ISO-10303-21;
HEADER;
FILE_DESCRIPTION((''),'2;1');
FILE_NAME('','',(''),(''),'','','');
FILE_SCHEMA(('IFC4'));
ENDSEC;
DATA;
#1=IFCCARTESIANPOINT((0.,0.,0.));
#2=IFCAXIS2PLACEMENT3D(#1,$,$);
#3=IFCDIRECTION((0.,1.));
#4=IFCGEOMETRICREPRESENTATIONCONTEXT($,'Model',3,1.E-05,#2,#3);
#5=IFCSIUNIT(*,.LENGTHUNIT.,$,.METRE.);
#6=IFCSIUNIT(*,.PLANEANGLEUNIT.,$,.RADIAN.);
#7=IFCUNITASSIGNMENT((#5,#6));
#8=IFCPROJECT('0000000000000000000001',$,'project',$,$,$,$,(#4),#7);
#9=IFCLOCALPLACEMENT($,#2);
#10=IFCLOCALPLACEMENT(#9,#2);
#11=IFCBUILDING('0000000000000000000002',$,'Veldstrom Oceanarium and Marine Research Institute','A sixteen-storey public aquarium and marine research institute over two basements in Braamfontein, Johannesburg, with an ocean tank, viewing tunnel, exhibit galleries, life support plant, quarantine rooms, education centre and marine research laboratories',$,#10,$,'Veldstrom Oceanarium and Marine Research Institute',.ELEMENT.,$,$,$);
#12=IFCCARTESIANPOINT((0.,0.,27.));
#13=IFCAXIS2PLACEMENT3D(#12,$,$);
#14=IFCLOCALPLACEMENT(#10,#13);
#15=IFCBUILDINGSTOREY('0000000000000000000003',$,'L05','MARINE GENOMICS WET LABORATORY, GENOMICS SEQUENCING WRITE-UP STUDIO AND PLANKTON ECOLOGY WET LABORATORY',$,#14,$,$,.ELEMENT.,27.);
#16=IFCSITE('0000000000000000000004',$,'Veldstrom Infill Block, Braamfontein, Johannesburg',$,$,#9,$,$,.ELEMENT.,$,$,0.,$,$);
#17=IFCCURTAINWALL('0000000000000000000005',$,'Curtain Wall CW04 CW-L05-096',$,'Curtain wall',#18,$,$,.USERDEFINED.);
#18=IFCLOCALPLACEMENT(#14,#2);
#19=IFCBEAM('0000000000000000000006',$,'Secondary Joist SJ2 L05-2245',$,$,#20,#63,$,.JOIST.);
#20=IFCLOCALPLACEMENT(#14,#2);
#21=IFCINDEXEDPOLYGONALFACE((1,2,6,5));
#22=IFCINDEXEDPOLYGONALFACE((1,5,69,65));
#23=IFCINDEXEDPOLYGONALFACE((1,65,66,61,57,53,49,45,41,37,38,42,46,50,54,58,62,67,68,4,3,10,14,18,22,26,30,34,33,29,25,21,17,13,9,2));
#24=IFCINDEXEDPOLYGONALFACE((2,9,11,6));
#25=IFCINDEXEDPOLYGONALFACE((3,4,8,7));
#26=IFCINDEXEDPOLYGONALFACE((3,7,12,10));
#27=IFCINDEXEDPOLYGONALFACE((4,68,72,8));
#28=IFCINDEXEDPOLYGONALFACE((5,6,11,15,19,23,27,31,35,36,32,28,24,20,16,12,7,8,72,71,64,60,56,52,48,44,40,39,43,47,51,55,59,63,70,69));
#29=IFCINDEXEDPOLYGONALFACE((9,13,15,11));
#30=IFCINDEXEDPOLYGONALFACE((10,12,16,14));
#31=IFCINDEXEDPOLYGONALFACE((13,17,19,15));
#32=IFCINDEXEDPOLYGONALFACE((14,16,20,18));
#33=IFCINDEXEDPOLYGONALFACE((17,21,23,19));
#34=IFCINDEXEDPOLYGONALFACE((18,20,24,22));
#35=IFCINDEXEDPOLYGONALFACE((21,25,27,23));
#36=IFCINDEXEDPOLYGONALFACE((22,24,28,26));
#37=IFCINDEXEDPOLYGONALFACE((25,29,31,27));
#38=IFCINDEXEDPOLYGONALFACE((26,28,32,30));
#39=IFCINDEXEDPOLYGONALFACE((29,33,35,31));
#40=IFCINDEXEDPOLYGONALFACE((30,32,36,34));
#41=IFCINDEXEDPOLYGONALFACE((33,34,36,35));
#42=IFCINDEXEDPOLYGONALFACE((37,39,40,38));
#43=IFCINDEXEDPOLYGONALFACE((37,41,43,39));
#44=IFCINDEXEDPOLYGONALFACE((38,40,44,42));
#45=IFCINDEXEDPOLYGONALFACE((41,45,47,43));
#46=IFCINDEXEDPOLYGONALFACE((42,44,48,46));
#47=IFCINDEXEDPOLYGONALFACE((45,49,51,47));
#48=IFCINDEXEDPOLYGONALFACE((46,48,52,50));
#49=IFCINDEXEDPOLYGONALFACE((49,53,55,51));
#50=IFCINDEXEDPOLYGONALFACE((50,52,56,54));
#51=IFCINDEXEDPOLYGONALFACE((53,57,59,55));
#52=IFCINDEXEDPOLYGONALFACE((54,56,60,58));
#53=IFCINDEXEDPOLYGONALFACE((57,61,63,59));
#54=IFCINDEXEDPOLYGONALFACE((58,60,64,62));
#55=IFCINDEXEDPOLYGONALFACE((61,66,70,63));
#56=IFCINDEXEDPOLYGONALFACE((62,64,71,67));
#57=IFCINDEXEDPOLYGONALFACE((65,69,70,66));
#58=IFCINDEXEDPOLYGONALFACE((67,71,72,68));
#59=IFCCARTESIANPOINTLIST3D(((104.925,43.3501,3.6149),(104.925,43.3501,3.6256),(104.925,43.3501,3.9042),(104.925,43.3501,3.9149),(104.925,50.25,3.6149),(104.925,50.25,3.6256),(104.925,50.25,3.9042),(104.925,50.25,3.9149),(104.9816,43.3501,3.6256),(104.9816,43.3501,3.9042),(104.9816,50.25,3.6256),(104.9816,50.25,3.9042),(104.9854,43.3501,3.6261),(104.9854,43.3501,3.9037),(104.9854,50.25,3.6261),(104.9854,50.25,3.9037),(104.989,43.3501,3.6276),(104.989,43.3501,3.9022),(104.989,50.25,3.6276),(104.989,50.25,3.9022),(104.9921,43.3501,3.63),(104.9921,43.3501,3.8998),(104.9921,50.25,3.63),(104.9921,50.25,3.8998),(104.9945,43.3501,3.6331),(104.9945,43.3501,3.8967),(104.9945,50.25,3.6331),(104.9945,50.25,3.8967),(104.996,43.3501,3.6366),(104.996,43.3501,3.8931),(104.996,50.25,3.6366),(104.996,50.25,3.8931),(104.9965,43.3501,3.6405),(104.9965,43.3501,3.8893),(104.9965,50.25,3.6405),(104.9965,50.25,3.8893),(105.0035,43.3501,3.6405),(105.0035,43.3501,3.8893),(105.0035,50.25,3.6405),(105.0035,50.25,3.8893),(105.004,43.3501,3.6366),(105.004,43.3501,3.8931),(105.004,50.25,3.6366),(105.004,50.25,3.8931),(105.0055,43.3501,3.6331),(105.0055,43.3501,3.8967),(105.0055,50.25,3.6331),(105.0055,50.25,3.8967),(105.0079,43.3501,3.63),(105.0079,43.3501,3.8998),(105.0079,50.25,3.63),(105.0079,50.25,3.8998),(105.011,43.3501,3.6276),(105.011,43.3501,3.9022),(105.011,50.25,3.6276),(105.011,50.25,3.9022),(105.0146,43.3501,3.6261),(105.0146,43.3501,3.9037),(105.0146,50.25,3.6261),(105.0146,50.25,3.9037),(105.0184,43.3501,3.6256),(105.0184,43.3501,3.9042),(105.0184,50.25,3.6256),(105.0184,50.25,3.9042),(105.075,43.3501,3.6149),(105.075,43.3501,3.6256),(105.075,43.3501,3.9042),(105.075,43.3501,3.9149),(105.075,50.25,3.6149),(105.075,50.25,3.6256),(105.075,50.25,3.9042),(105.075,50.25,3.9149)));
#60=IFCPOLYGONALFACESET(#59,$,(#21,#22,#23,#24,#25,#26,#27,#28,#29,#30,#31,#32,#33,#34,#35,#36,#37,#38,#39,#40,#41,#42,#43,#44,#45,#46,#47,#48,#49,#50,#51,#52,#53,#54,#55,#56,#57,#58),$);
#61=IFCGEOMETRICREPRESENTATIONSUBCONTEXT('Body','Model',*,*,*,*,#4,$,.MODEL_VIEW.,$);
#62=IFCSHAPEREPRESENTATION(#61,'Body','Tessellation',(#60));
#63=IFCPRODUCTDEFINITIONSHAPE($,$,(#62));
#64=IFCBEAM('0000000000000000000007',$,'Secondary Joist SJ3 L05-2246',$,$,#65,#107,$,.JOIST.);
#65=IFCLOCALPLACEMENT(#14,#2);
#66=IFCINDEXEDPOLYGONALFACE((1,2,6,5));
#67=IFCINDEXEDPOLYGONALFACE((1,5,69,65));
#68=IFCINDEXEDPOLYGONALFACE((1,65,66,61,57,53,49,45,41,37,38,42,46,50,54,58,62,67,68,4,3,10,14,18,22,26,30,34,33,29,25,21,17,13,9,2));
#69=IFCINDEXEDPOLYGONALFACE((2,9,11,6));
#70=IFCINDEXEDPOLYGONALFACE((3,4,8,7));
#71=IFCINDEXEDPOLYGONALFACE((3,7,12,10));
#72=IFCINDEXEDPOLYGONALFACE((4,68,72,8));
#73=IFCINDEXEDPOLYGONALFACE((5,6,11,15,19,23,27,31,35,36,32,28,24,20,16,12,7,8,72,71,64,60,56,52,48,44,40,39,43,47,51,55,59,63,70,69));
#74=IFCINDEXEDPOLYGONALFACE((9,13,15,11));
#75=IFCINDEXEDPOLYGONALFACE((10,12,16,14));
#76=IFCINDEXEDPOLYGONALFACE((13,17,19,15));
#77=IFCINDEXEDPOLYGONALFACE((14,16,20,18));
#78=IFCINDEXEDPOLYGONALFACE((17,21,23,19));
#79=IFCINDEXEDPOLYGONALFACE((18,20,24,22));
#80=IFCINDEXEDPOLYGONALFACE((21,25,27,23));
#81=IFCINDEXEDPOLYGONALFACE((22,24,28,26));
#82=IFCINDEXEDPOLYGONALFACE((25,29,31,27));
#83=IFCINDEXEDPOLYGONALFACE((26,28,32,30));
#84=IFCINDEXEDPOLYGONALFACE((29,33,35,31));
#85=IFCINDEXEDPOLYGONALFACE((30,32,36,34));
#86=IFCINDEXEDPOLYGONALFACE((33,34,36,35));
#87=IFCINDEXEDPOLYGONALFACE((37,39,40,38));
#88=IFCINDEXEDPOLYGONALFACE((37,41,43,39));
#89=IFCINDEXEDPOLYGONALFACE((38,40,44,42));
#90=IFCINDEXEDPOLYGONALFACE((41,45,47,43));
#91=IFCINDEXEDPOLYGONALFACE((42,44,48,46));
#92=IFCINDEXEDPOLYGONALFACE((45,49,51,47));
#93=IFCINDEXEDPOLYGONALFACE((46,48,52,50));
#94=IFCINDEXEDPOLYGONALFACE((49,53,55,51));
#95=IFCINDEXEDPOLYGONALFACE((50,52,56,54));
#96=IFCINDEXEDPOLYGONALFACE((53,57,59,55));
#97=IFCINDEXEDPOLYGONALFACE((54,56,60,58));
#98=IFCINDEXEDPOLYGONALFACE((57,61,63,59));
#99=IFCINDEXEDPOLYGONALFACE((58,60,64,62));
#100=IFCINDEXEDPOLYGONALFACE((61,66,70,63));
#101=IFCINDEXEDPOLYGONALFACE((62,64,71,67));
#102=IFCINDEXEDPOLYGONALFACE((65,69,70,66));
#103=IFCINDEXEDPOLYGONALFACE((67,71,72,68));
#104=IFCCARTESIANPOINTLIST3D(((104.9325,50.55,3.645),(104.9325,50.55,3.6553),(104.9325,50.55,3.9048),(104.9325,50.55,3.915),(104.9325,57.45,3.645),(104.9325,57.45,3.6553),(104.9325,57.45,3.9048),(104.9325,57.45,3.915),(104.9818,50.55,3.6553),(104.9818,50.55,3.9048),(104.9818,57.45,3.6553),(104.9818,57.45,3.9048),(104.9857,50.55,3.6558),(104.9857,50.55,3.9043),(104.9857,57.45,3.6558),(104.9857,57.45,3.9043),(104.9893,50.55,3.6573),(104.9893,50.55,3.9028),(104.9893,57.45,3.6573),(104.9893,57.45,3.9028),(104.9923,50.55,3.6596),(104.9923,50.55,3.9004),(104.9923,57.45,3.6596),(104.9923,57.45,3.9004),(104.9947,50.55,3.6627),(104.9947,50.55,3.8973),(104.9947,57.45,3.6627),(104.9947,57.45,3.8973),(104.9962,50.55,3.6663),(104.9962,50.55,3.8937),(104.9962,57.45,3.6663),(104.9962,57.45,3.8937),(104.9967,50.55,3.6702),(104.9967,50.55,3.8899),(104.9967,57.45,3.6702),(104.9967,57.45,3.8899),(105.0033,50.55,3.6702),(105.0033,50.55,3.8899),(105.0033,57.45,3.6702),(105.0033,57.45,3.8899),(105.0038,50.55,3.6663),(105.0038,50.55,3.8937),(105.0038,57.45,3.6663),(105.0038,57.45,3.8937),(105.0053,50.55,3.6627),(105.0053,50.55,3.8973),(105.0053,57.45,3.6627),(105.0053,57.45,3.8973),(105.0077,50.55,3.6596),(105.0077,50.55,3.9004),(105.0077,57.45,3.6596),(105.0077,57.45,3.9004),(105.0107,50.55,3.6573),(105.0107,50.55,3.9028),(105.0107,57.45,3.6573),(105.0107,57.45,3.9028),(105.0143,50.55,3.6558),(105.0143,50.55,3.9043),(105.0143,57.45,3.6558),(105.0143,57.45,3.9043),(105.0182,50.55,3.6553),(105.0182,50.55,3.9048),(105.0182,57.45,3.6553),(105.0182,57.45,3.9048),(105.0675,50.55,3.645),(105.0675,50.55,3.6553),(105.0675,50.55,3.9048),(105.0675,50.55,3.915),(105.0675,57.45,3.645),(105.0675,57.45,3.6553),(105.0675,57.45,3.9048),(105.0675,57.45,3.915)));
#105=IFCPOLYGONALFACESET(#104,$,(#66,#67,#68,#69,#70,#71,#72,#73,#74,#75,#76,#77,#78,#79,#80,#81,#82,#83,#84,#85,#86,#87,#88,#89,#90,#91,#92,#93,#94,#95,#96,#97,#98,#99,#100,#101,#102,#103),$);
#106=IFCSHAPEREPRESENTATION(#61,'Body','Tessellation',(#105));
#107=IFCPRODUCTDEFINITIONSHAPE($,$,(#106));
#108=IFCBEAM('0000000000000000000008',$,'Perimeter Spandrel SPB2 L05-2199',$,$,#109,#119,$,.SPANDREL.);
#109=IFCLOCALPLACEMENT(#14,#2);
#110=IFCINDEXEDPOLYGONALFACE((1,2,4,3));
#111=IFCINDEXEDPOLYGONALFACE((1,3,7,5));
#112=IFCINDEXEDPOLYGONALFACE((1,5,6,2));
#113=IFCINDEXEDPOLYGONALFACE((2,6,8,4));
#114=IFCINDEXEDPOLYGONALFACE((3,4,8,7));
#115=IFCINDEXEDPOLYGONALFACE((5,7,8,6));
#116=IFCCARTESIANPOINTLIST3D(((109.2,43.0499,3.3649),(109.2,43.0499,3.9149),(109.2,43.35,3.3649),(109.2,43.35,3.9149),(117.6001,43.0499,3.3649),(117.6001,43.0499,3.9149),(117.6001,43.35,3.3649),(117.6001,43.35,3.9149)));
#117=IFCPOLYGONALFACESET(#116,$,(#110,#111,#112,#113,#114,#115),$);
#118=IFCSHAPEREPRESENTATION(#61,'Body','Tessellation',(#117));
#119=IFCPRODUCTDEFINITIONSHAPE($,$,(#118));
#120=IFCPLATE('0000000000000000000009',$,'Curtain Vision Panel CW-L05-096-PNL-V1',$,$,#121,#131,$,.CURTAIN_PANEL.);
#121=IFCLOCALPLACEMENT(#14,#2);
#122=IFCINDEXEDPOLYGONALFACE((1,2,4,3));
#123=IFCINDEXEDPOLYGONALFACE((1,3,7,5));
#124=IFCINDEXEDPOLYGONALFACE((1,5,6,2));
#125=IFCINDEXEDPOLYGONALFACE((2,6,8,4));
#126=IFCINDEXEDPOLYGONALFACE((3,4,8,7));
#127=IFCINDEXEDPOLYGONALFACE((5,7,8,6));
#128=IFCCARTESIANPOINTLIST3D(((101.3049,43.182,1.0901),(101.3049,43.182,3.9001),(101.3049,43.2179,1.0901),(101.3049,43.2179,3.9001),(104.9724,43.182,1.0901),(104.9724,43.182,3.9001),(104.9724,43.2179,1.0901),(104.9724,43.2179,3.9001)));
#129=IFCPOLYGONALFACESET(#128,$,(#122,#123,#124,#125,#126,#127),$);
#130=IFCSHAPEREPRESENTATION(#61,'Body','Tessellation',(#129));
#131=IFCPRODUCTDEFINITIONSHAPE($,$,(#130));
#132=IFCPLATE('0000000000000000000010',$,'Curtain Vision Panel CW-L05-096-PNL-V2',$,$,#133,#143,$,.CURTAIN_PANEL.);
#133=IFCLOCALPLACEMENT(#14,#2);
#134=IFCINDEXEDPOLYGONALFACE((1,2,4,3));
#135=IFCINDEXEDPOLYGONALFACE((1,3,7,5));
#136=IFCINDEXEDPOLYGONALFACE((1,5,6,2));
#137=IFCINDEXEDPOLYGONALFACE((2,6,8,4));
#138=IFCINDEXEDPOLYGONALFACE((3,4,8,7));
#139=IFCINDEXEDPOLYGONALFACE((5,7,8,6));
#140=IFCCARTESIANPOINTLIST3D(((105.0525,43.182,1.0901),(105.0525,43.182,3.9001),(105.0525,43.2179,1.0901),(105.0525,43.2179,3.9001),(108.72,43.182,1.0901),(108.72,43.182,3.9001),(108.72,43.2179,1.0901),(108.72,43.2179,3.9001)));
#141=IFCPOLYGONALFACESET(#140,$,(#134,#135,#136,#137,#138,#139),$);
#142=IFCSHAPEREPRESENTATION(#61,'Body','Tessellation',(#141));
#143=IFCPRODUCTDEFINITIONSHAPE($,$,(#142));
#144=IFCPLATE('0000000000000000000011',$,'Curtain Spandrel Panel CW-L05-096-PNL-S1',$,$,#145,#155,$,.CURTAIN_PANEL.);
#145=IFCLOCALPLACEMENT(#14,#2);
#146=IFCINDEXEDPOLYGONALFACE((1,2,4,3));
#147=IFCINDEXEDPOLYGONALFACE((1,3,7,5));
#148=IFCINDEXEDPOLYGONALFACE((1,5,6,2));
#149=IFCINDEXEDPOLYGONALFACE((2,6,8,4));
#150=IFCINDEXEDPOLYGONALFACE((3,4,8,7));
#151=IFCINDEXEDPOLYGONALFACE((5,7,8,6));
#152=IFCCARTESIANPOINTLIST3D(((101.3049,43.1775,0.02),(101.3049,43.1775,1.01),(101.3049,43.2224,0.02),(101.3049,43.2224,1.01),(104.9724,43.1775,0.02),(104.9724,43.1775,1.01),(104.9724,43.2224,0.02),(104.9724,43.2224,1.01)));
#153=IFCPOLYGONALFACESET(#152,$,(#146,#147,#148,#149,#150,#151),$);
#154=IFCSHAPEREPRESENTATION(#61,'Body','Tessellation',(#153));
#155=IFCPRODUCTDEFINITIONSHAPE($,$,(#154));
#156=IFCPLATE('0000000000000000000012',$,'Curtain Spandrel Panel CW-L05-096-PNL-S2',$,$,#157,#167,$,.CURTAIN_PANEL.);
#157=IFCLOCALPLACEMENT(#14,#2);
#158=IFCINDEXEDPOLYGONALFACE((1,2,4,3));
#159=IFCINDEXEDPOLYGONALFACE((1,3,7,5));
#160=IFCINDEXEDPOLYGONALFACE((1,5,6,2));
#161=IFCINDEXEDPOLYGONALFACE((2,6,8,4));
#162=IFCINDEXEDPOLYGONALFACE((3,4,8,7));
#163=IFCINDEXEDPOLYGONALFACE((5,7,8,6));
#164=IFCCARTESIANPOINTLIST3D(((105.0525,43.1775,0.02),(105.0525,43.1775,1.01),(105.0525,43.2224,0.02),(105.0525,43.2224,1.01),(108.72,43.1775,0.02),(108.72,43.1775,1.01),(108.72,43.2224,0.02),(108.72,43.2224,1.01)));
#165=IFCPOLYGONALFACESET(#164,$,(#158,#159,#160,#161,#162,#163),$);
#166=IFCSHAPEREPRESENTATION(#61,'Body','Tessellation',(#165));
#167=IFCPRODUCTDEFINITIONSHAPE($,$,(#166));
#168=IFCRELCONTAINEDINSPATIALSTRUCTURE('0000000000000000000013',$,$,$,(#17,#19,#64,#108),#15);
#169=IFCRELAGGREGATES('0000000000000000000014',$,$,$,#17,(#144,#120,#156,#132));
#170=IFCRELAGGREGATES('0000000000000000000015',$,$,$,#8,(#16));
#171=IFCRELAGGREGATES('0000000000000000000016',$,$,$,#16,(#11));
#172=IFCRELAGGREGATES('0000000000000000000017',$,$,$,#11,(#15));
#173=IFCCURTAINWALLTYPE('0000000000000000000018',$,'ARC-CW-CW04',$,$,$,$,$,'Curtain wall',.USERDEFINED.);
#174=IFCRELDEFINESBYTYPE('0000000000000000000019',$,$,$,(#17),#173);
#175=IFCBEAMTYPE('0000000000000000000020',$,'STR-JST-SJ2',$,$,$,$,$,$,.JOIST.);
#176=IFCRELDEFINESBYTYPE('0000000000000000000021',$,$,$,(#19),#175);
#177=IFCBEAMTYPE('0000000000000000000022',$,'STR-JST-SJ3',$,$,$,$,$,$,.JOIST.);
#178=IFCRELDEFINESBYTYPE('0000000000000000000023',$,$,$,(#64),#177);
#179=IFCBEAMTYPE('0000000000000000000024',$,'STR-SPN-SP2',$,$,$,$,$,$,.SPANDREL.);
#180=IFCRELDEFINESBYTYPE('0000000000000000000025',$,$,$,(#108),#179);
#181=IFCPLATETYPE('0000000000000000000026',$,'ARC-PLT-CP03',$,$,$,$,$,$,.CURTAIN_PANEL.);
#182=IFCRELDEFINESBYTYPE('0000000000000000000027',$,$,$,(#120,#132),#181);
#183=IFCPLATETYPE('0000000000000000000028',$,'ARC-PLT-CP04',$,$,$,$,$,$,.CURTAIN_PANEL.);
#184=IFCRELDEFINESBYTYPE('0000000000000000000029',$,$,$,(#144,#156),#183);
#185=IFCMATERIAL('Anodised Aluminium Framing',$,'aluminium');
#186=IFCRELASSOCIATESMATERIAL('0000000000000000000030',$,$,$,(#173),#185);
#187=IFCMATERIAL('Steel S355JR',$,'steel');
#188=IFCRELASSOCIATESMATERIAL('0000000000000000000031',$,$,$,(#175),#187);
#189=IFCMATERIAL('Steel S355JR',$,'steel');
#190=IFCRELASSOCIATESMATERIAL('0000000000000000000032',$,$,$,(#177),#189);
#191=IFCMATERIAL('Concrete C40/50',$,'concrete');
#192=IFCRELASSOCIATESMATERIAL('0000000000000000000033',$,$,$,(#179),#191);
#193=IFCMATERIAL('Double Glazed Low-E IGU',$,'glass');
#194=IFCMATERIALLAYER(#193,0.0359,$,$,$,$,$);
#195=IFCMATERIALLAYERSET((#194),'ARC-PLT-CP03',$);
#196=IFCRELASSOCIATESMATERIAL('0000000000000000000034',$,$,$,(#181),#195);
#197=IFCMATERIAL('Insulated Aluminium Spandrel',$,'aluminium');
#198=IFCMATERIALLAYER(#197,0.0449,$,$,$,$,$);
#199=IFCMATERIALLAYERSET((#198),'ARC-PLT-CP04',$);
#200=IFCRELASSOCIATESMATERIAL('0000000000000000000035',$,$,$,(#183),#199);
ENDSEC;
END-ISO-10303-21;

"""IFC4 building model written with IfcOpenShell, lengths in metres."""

from ifc_helpers import new_model, si_unit, direction, frame, origin, origin_2d, place, context, subcontext, project, spatial, rectangle, i_section, extrude, material, layer, layer_set, material_profile, profile_set, type_object, element, aggregate, save


model = new_model("IFC4")

# Units and contexts
model_context = context("Model", 3, precision=1e-05, world=origin(), true_north=direction((0.0, 1.0)))
body_context = subcontext(model_context, "Body", "Model", "MODEL_VIEW")
ifc_project = project(units=[si_unit("LENGTHUNIT", "METRE"), si_unit("PLANEANGLEUNIT", "RADIAN")], contexts=[model_context])

# Site, building, storey
site_placement = place(None, origin())
site = spatial("IfcSite", under=ifc_project, at=site_placement, Name="Veldstrom Infill Block, Braamfontein, Johannesburg", CompositionType="ELEMENT", RefElevation=0.0)
building_placement = place(site_placement, origin())
building = spatial("IfcBuilding", under=site, at=building_placement, Name="Veldstrom Oceanarium and Marine Research Institute", Description="A sixteen-storey public aquarium and marine research institute over two basements in Braamfontein, Johannesburg, with an ocean tank, viewing tunnel, exhibit galleries, life support plant, quarantine rooms, education centre and marine research laboratories", LongName="Veldstrom Oceanarium and Marine Research Institute", CompositionType="ELEMENT")
storey_placement = place(building_placement, frame((0.0, 0.0, 27.0)))
storey = spatial("IfcBuildingStorey", under=building, at=storey_placement, Name="L05", Description="MARINE GENOMICS WET LABORATORY, GENOMICS SEQUENCING WRITE-UP STUDIO AND PLANKTON ECOLOGY WET LABORATORY", CompositionType="ELEMENT", Elevation=27.0)

# Curtain wall
ifc_material_1 = material(Name="Anodised Aluminium Framing", Category="aluminium")
curtain_wall_type = type_object("IfcCurtainWallType", Name="ARC-CW-CW04", ElementType="Curtain wall", PredefinedType="USERDEFINED", material=ifc_material_1)
curtain_wall_placement = place(storey_placement, origin())
curtain_wall = element("IfcCurtainWall", 1, at=curtain_wall_placement, inside=storey, type_object=curtain_wall_type, Name="Curtain Wall CW04 CW-L05-096", ObjectType="Curtain wall", PredefinedType="USERDEFINED")

# Beams
ifc_material_2 = material(Name="Steel S355JR", Category="steel")
ifc_material_profile_1 = material_profile(ifc_material_2, i_section(OverallWidth=0.1499, OverallDepth=0.3, WebThickness=0.0071, FlangeThickness=0.0107, FilletRadius=0.0149, at=origin_2d()), Name="IPE 300")
ifc_profile_set_1 = profile_set([ifc_material_profile_1], Name="Steel S355JR")
beam_type_1 = type_object("IfcBeamType", Name="STR-JST-SJ2", PredefinedType="JOIST", material=ifc_profile_set_1)
beam_1_placement = place(storey_placement, frame((105.0, 43.3501, 3.7649), z_axis=(0.0, 1.0, 0.0), x_axis=(-1.0, 0.0, 0.0)))
element("IfcBeam", 2, at=beam_1_placement, inside=storey, type_object=beam_type_1, Name="Secondary Joist SJ2 L05-2245", PredefinedType="JOIST", context=body_context, shape_type="SweptSolid", body=[
    extrude(i_section(OverallWidth=0.1499, OverallDepth=0.3, WebThickness=0.0071, FlangeThickness=0.0107, FilletRadius=0.0149, at=origin_2d()), origin(), (0.0, 0.0, 1.0), 6.8999),
])
ifc_material_3 = material(Name="Steel S355JR", Category="steel")
ifc_material_profile_2 = material_profile(ifc_material_3, i_section(OverallWidth=0.135, OverallDepth=0.27, WebThickness=0.0066, FlangeThickness=0.0103, FilletRadius=0.0149, at=origin_2d()), Name="IPE 270")
ifc_profile_set_2 = profile_set([ifc_material_profile_2], Name="Steel S355JR")
beam_type_2 = type_object("IfcBeamType", Name="STR-JST-SJ3", PredefinedType="JOIST", material=ifc_profile_set_2)
beam_2_placement = place(storey_placement, frame((105.0, 50.55, 3.78), z_axis=(0.0, 1.0, 0.0), x_axis=(-1.0, 0.0, 0.0)))
element("IfcBeam", 3, at=beam_2_placement, inside=storey, type_object=beam_type_2, Name="Secondary Joist SJ3 L05-2246", PredefinedType="JOIST", context=body_context, shape_type="SweptSolid", body=[
    extrude(i_section(OverallWidth=0.135, OverallDepth=0.27, WebThickness=0.0066, FlangeThickness=0.0103, FilletRadius=0.0149, at=origin_2d()), origin(), (0.0, 0.0, 1.0), 6.8999),
])
ifc_material_4 = material(Name="Concrete C40/50", Category="concrete")
ifc_material_profile_3 = material_profile(ifc_material_4, rectangle(XDim=0.3, YDim=0.55, at=origin_2d()), Name="RC-SPN-300x550")
ifc_profile_set_3 = profile_set([ifc_material_profile_3], Name="Concrete C40/50")
beam_type_3 = type_object("IfcBeamType", Name="STR-SPN-SP2", PredefinedType="SPANDREL", material=ifc_profile_set_3)
beam_3_placement = place(storey_placement, frame((109.2, 43.2, 3.6399), z_axis=(1.0, 0.0, 0.0), x_axis=(0.0, 1.0, 0.0)))
element("IfcBeam", 4, at=beam_3_placement, inside=storey, type_object=beam_type_3, Name="Perimeter Spandrel SPB2 L05-2199", PredefinedType="SPANDREL", context=body_context, shape_type="SweptSolid", body=[
    extrude(rectangle(XDim=0.3, YDim=0.55, at=origin_2d()), origin(), (0.0, 0.0, 1.0), 8.4001),
])

# Plates
ifc_material_5 = material(Name="Double Glazed Low-E IGU", Category="glass")
ifc_layer_1 = layer(ifc_material_5, 0.0359)
ifc_layer_set_1 = layer_set([ifc_layer_1], Name="ARC-PLT-CP03")
plate_type_1 = type_object("IfcPlateType", Name="ARC-PLT-CP03", PredefinedType="CURTAIN_PANEL", material=ifc_layer_set_1)
plate_1_placement = place(storey_placement, frame((103.1387, 43.2, 1.0901), z_axis=(0.0, 0.0, 1.0), x_axis=(1.0, 0.0, 0.0)))
plate_1 = element("IfcPlate", 5, at=plate_1_placement, type_object=plate_type_1, Name="Curtain Vision Panel CW-L05-096-PNL-V1", PredefinedType="CURTAIN_PANEL", context=body_context, shape_type="SweptSolid", body=[
    extrude(rectangle(XDim=3.6675, YDim=0.0359, at=origin_2d()), origin(), (0.0, 0.0, 1.0), 2.8101),
])
plate_2_placement = place(storey_placement, frame((106.8862, 43.2, 1.0901), z_axis=(0.0, 0.0, 1.0), x_axis=(1.0, 0.0, 0.0)))
plate_2 = element("IfcPlate", 6, at=plate_2_placement, type_object=plate_type_1, Name="Curtain Vision Panel CW-L05-096-PNL-V2", PredefinedType="CURTAIN_PANEL", context=body_context, shape_type="SweptSolid", body=[
    extrude(rectangle(XDim=3.6675, YDim=0.0359, at=origin_2d()), origin(), (0.0, 0.0, 1.0), 2.8101),
])
ifc_material_6 = material(Name="Insulated Aluminium Spandrel", Category="aluminium")
ifc_layer_2 = layer(ifc_material_6, 0.0449)
ifc_layer_set_2 = layer_set([ifc_layer_2], Name="ARC-PLT-CP04")
plate_type_2 = type_object("IfcPlateType", Name="ARC-PLT-CP04", PredefinedType="CURTAIN_PANEL", material=ifc_layer_set_2)
plate_3_placement = place(storey_placement, frame((103.1387, 43.2, 0.02), z_axis=(0.0, 0.0, 1.0), x_axis=(1.0, 0.0, 0.0)))
plate_3 = element("IfcPlate", 7, at=plate_3_placement, type_object=plate_type_2, Name="Curtain Spandrel Panel CW-L05-096-PNL-S1", PredefinedType="CURTAIN_PANEL", context=body_context, shape_type="SweptSolid", body=[
    extrude(rectangle(XDim=3.6675, YDim=0.0449, at=origin_2d()), origin(), (0.0, 0.0, 1.0), 0.99),
])
plate_4_placement = place(storey_placement, frame((106.8862, 43.2, 0.02), z_axis=(0.0, 0.0, 1.0), x_axis=(1.0, 0.0, 0.0)))
plate_4 = element("IfcPlate", 8, at=plate_4_placement, type_object=plate_type_2, Name="Curtain Spandrel Panel CW-L05-096-PNL-S2", PredefinedType="CURTAIN_PANEL", context=body_context, shape_type="SweptSolid", body=[
    extrude(rectangle(XDim=3.6675, YDim=0.0449, at=origin_2d()), origin(), (0.0, 0.0, 1.0), 0.99),
])
aggregate(curtain_wall, [plate_3, plate_1, plate_4, plate_2])

save(model, "model.ifc")
